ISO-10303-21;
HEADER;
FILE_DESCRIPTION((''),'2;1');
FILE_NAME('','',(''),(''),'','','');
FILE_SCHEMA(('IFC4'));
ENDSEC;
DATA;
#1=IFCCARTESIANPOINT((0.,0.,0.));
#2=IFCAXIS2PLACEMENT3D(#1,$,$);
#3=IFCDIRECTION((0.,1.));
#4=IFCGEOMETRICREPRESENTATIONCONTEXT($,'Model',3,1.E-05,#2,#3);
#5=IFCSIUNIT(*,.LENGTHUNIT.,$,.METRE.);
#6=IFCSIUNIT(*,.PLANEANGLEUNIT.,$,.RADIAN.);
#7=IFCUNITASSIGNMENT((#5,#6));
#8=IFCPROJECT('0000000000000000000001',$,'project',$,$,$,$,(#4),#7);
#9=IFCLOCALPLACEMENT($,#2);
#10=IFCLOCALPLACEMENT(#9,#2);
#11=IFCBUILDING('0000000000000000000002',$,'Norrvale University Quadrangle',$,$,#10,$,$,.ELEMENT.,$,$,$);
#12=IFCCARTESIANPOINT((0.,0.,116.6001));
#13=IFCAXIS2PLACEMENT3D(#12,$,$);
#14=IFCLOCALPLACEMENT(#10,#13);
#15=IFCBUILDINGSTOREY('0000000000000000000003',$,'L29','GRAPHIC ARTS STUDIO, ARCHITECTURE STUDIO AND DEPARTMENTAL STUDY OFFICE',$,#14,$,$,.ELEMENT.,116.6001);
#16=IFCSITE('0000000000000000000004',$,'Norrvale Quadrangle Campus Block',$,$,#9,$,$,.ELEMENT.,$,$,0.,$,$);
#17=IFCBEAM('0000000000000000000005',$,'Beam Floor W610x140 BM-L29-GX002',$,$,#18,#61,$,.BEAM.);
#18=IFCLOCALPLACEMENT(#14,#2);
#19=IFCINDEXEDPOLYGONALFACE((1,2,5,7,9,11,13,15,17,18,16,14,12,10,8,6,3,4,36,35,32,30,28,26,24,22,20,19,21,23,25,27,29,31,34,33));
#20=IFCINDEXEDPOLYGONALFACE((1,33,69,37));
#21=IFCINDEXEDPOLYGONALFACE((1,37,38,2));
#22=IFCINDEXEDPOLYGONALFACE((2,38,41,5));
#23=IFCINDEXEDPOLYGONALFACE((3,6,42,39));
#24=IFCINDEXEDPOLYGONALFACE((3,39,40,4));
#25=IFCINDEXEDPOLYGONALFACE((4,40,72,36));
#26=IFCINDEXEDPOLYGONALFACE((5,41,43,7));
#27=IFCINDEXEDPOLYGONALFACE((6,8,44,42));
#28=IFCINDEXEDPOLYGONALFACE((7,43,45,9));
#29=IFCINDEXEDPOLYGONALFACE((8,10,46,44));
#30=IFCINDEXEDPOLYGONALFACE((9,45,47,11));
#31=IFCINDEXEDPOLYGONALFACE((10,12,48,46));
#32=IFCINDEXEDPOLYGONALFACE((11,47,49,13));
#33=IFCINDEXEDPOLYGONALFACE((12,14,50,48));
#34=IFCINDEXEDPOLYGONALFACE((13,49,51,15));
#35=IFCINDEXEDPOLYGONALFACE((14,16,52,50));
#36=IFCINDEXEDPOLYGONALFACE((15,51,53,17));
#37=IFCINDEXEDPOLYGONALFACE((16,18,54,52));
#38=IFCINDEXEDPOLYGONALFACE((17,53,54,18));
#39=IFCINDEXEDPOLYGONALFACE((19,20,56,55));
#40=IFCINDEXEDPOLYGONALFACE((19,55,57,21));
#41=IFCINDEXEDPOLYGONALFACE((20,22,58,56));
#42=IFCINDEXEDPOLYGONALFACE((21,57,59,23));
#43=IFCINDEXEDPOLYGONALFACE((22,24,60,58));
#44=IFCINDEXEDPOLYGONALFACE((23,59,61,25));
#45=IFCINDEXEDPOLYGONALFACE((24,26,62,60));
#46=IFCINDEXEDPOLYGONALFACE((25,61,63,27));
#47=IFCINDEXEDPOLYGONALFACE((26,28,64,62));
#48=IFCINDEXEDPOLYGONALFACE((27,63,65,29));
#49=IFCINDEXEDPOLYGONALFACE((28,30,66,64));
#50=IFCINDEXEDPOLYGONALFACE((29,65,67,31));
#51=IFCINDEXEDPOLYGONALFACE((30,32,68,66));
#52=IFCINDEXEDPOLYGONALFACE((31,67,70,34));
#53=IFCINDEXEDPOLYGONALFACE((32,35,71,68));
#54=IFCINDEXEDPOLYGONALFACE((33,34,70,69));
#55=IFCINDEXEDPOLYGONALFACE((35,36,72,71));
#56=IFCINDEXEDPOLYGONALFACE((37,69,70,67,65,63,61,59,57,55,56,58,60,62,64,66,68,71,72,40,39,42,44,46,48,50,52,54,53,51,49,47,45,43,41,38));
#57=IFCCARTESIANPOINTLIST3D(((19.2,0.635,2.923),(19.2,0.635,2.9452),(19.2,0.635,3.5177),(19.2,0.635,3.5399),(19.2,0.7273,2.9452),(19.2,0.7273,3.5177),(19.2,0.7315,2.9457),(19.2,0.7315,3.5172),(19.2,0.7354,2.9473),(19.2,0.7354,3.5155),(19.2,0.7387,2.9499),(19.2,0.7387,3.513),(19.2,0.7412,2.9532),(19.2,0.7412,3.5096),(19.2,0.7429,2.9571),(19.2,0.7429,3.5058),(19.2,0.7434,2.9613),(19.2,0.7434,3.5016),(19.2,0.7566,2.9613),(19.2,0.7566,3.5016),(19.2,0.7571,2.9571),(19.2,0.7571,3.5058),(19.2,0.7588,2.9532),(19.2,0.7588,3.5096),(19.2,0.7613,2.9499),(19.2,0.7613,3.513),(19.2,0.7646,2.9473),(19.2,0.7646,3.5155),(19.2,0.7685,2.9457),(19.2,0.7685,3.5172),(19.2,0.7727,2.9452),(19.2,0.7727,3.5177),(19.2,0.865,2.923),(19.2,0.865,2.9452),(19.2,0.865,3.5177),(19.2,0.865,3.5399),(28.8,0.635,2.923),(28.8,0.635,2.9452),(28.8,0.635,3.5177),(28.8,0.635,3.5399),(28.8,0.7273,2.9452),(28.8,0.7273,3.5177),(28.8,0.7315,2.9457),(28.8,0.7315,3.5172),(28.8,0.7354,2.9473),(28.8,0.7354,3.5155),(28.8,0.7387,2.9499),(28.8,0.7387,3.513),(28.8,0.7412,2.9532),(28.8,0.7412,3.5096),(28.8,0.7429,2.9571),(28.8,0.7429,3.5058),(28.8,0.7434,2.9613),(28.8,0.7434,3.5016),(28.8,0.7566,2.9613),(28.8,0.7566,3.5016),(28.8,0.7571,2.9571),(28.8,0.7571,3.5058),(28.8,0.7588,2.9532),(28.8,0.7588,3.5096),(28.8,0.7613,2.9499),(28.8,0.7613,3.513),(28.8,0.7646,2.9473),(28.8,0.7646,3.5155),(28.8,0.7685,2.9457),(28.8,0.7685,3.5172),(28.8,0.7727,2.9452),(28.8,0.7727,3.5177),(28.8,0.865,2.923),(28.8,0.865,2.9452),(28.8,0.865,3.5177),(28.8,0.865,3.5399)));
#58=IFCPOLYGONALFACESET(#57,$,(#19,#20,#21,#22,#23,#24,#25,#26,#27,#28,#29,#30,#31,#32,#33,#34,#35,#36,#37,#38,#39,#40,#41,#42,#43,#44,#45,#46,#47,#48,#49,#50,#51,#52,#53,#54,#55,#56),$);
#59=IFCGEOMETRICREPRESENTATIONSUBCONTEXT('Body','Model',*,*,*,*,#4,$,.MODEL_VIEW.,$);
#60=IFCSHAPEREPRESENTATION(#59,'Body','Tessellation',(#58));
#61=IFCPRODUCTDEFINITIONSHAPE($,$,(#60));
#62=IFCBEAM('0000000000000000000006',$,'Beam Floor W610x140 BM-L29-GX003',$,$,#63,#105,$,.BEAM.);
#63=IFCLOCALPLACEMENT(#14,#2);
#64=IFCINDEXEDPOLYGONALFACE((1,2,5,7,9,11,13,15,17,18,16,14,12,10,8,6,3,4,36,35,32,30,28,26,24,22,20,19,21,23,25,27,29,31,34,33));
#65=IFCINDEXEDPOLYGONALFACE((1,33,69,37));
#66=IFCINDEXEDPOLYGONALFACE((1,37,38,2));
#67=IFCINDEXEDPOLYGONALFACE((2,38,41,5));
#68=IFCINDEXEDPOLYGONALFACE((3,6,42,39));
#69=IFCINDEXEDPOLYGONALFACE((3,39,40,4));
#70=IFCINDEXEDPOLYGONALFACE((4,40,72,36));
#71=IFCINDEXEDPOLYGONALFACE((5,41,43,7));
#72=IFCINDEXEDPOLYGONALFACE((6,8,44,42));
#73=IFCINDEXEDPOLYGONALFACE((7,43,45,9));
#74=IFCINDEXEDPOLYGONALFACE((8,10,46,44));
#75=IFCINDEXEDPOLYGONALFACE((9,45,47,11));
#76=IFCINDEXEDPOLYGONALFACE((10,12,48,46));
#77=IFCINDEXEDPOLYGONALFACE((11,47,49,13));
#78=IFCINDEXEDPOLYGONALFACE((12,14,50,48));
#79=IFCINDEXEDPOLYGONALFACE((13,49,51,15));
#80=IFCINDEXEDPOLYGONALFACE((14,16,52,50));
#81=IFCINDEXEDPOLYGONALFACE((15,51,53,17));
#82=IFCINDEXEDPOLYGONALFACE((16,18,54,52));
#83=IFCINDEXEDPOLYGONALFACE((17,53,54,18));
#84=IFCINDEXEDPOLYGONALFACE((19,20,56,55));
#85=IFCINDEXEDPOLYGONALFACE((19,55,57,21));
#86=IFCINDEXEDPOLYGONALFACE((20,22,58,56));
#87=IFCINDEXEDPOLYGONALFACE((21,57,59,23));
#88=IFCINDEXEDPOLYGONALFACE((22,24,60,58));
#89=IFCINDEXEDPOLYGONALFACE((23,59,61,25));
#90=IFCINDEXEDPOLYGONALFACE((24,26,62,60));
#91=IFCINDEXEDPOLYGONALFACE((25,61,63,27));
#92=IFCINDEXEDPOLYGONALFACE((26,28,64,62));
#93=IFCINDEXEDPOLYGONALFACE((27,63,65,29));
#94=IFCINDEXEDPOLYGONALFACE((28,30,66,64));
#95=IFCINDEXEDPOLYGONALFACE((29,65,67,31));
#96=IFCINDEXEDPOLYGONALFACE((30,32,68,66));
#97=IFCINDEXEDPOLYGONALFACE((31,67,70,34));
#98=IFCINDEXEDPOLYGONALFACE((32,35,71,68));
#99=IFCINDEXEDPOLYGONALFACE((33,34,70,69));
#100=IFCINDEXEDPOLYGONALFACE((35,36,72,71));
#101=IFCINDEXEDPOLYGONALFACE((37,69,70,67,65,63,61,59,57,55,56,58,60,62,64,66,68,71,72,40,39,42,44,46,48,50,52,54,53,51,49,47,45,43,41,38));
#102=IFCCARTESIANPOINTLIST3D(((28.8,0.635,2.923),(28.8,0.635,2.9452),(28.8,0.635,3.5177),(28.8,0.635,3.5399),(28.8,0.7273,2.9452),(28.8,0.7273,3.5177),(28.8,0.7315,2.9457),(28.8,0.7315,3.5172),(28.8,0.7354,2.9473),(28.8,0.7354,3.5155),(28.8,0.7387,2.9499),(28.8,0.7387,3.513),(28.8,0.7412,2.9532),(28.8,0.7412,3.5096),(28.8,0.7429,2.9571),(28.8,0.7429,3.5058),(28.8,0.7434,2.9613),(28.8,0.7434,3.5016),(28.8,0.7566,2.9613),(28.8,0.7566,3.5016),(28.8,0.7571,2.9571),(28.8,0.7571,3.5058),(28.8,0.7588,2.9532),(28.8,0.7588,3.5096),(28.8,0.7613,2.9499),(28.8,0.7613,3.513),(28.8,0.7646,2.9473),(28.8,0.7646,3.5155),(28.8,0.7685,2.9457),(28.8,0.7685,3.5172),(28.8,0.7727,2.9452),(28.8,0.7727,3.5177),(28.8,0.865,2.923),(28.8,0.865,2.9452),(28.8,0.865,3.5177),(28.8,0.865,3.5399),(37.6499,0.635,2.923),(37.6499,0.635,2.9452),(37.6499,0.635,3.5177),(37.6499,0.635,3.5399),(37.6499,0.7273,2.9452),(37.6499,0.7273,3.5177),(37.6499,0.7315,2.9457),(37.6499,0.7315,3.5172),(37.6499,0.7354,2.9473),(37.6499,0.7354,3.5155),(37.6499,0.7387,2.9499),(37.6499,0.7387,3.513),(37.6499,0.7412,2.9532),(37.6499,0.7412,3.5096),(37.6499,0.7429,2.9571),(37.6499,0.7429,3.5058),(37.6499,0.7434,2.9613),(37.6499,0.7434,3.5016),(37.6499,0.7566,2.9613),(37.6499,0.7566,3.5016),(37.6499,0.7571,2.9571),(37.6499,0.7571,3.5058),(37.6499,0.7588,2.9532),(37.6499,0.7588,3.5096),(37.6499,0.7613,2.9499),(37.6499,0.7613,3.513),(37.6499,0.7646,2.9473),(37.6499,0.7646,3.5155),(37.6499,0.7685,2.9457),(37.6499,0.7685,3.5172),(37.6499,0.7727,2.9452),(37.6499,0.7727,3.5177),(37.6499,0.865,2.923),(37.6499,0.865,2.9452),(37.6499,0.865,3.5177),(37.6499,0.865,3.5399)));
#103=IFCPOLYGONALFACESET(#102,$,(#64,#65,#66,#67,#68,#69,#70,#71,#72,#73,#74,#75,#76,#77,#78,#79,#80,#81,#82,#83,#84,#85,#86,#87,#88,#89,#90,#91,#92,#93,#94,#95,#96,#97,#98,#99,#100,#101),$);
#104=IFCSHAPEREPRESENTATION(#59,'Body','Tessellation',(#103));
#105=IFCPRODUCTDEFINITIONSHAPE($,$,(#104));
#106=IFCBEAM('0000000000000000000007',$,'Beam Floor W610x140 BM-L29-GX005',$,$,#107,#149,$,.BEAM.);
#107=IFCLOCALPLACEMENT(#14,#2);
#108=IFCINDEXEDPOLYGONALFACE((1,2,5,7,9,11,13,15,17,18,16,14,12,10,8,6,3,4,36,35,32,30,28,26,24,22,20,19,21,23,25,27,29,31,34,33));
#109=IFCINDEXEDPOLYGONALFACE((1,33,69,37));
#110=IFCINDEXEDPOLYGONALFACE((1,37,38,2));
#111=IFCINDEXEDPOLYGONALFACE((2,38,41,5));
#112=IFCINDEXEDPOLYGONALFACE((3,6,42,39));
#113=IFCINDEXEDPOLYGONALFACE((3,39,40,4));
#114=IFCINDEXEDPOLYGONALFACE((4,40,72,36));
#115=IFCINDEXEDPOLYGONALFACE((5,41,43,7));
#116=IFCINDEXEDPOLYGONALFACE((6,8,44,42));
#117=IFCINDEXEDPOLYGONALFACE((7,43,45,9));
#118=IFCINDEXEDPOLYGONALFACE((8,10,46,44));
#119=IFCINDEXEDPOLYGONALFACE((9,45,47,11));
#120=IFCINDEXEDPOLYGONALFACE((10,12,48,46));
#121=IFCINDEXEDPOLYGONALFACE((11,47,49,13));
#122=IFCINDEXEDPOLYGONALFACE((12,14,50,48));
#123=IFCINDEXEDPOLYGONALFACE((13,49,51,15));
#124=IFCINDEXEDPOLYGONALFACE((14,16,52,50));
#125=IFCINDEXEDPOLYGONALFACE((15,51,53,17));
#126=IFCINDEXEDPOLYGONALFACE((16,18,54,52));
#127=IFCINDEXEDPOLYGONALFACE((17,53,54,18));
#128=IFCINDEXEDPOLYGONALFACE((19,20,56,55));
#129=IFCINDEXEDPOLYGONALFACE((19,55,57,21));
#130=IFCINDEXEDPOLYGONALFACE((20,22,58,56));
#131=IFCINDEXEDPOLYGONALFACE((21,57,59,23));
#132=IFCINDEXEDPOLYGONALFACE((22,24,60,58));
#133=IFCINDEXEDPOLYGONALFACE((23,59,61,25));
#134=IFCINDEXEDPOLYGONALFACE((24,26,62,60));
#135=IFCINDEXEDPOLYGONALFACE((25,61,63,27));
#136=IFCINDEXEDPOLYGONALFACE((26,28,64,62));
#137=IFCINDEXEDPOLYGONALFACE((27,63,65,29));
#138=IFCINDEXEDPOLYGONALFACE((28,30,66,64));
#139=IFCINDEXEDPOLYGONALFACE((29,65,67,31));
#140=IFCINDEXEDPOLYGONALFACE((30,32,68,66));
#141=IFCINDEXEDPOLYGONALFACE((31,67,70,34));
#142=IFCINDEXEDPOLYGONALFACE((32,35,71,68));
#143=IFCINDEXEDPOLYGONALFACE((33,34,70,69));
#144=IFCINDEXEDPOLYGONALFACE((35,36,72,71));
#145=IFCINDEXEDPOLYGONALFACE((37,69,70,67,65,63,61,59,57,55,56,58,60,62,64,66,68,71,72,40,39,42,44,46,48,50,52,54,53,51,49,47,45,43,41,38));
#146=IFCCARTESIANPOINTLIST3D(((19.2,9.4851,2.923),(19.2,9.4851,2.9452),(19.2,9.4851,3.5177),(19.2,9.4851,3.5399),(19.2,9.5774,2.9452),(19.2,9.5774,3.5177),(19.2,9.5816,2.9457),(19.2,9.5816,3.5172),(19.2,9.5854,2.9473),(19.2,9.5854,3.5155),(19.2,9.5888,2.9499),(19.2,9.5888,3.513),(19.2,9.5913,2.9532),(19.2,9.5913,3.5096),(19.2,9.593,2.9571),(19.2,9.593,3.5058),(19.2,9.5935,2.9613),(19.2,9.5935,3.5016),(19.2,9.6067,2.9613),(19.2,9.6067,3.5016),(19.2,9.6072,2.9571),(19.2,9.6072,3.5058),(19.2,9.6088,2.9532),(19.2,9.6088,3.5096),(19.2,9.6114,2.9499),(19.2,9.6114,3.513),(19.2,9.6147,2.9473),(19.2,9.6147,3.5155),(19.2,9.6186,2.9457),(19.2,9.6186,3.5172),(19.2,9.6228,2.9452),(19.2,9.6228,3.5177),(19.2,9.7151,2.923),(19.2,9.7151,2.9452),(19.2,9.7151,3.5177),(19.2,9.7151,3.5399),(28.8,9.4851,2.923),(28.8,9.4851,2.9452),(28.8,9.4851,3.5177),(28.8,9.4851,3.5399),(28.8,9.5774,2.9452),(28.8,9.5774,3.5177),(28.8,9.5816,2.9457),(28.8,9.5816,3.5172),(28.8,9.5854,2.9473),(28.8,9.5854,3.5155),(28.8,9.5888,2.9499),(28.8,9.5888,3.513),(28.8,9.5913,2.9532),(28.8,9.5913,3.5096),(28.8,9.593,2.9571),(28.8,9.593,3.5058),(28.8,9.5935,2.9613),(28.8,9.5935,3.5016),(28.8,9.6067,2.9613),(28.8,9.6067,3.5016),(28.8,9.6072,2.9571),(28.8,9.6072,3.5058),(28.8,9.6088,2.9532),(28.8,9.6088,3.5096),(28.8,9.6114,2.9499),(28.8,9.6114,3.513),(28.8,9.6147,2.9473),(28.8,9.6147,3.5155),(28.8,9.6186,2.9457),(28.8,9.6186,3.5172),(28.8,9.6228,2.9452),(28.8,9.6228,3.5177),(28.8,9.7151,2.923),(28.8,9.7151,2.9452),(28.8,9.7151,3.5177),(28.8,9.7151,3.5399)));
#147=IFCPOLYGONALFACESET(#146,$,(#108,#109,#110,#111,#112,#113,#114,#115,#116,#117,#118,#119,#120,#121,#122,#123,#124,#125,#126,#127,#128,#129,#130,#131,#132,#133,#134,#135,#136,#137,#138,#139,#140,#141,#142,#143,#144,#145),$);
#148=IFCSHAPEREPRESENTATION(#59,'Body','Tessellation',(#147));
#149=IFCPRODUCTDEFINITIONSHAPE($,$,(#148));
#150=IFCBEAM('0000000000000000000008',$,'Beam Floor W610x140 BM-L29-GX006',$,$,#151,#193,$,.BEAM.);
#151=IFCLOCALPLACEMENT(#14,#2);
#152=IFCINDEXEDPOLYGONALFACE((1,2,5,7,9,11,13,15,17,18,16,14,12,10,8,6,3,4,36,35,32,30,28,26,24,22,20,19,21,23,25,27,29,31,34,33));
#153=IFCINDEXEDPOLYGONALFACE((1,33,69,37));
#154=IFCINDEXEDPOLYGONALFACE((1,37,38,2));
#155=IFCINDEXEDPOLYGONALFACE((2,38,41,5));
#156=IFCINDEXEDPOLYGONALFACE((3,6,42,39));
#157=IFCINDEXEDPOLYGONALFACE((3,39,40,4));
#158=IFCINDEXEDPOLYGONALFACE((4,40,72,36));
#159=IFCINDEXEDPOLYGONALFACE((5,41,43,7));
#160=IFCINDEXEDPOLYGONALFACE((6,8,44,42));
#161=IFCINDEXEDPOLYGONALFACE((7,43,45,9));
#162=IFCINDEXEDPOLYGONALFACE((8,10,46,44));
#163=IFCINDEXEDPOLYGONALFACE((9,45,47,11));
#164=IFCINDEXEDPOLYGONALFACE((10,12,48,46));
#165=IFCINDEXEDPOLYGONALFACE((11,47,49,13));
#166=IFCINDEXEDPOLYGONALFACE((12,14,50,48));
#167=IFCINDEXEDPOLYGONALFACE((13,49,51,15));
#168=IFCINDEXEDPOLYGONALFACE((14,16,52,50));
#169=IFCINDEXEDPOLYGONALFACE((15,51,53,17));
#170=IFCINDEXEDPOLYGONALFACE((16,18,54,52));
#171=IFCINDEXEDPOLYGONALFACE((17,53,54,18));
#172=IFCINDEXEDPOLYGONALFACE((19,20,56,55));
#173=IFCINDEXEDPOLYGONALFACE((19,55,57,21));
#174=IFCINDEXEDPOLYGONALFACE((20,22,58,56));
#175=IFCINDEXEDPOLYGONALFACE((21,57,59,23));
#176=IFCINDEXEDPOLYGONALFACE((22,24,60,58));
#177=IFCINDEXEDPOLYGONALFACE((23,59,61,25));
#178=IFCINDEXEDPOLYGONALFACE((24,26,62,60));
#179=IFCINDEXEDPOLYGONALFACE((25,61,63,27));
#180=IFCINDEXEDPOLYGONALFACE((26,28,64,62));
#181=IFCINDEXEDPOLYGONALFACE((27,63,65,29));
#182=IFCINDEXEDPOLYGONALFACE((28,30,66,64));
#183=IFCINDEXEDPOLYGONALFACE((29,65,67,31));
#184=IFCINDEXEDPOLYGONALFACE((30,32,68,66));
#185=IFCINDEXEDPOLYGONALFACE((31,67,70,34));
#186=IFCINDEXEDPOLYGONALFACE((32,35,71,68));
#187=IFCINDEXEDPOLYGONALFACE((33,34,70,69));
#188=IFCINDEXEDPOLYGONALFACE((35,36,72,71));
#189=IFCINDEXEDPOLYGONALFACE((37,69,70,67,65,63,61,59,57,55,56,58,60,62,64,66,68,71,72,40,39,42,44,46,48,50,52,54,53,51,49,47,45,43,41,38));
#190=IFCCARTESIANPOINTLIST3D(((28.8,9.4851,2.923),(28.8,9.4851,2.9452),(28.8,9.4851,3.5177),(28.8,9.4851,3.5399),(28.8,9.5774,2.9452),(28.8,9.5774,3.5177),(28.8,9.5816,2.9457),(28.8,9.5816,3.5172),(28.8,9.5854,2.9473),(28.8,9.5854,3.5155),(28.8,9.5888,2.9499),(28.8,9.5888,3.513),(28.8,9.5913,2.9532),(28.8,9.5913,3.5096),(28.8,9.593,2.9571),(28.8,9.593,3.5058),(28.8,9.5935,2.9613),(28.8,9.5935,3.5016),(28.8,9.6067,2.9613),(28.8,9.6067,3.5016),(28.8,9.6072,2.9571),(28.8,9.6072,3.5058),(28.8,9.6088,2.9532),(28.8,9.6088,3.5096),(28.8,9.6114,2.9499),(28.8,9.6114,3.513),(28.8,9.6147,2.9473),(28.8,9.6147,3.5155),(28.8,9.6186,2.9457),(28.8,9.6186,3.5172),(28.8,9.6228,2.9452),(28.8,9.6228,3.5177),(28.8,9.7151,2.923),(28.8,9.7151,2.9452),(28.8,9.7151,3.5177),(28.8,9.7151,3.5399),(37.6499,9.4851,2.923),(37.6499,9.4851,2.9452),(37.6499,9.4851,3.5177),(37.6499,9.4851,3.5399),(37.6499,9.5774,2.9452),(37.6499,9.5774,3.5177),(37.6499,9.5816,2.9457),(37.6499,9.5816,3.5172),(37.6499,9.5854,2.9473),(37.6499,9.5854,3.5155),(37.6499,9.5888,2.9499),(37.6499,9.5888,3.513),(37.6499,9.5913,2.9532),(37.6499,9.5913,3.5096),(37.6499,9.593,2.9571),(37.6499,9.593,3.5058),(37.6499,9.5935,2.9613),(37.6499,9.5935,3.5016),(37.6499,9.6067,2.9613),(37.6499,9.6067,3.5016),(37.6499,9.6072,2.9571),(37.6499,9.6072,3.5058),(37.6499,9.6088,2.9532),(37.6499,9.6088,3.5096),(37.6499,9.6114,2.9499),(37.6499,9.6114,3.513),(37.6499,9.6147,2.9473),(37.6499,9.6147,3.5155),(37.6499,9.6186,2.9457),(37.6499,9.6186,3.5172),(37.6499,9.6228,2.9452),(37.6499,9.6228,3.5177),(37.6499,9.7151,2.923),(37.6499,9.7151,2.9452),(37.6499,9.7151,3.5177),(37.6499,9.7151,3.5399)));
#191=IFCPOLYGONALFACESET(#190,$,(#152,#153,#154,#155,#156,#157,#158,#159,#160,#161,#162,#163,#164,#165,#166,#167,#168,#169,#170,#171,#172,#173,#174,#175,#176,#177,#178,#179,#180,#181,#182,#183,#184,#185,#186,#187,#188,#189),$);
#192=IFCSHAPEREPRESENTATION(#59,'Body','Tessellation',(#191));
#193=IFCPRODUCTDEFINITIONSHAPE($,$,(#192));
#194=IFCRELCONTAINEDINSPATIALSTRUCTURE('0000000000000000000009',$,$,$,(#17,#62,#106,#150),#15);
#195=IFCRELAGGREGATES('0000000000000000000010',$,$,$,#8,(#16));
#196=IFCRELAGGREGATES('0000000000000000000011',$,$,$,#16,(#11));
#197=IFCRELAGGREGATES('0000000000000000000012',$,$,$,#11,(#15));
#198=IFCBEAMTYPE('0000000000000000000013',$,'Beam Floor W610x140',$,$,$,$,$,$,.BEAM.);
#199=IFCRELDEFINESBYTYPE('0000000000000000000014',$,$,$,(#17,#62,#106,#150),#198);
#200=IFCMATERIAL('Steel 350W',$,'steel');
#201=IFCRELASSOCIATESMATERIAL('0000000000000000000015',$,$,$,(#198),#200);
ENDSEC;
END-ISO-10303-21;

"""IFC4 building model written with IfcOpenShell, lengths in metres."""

from ifc_helpers import new_model, si_unit, direction, frame, origin, origin_2d, place, context, subcontext, project, spatial, i_section, extrude, material, material_profile, profile_set, type_object, element, save


model = new_model("IFC4")

# Units and contexts
model_context = context("Model", 3, precision=1e-05, world=origin(), true_north=direction((0.0, 1.0)))
body_context = subcontext(model_context, "Body", "Model", "MODEL_VIEW")
ifc_project = project(units=[si_unit("LENGTHUNIT", "METRE"), si_unit("PLANEANGLEUNIT", "RADIAN")], contexts=[model_context])

# Site, building, storey
site_placement = place(None, origin())
site = spatial("IfcSite", under=ifc_project, at=site_placement, Name="Norrvale Quadrangle Campus Block", CompositionType="ELEMENT", RefElevation=0.0)
building_placement = place(site_placement, origin())
building = spatial("IfcBuilding", under=site, at=building_placement, Name="Norrvale University Quadrangle", CompositionType="ELEMENT")
storey_placement = place(building_placement, frame((0.0, 0.0, 116.6001)))
storey = spatial("IfcBuildingStorey", under=building, at=storey_placement, Name="L29", Description="GRAPHIC ARTS STUDIO, ARCHITECTURE STUDIO AND DEPARTMENTAL STUDY OFFICE", CompositionType="ELEMENT", Elevation=116.6001)

# Beams
ifc_material_1 = material(Name="Steel 350W", Category="steel")
ifc_material_profile_1 = material_profile(ifc_material_1, i_section(OverallWidth=0.23, OverallDepth=0.6169, WebThickness=0.0132, FlangeThickness=0.0222, FilletRadius=0.0161, at=origin_2d()), Name="Steel 350W")
ifc_profile_set_1 = profile_set([ifc_material_profile_1], Name="Steel 350W")
beam_type_1 = type_object("IfcBeamType", Name="Beam Floor W610x140", PredefinedType="BEAM", material=ifc_profile_set_1)
beam_1_placement = place(storey_placement, frame((19.2, 0.75, 3.2314), z_axis=(1.0, 0.0, 0.0), x_axis=(0.0, 1.0, 0.0)))
element("IfcBeam", 1, at=beam_1_placement, inside=storey, type_object=beam_type_1, Name="Beam Floor W610x140 BM-L29-GX002", PredefinedType="BEAM", context=body_context, shape_type="SweptSolid", body=[
    extrude(i_section(OverallWidth=0.23, OverallDepth=0.6169, WebThickness=0.0132, FlangeThickness=0.0222, FilletRadius=0.0161, at=origin_2d()), origin(), (0.0, 0.0, 1.0), 9.6001),
])
beam_2_placement = place(storey_placement, frame((28.8, 0.75, 3.2314), z_axis=(1.0, 0.0, 0.0), x_axis=(0.0, 1.0, 0.0)))
element("IfcBeam", 2, at=beam_2_placement, inside=storey, type_object=beam_type_1, Name="Beam Floor W610x140 BM-L29-GX003", PredefinedType="BEAM", context=body_context, shape_type="SweptSolid", body=[
    extrude(i_section(OverallWidth=0.23, OverallDepth=0.6169, WebThickness=0.0132, FlangeThickness=0.0222, FilletRadius=0.0161, at=origin_2d()), origin(), (0.0, 0.0, 1.0), 8.8499),
])
beam_3_placement = place(storey_placement, frame((19.2, 9.6001, 3.2314), z_axis=(1.0, 0.0, 0.0), x_axis=(0.0, 1.0, 0.0)))
element("IfcBeam", 3, at=beam_3_placement, inside=storey, type_object=beam_type_1, Name="Beam Floor W610x140 BM-L29-GX005", PredefinedType="BEAM", context=body_context, shape_type="SweptSolid", body=[
    extrude(i_section(OverallWidth=0.23, OverallDepth=0.6169, WebThickness=0.0132, FlangeThickness=0.0222, FilletRadius=0.0161, at=origin_2d()), origin(), (0.0, 0.0, 1.0), 9.6001),
])
beam_4_placement = place(storey_placement, frame((28.8, 9.6001, 3.2314), z_axis=(1.0, 0.0, 0.0), x_axis=(0.0, 1.0, 0.0)))
element("IfcBeam", 4, at=beam_4_placement, inside=storey, type_object=beam_type_1, Name="Beam Floor W610x140 BM-L29-GX006", PredefinedType="BEAM", context=body_context, shape_type="SweptSolid", body=[
    extrude(i_section(OverallWidth=0.23, OverallDepth=0.6169, WebThickness=0.0132, FlangeThickness=0.0222, FilletRadius=0.0161, at=origin_2d()), origin(), (0.0, 0.0, 1.0), 8.8499),
])

save(model, "model.ifc")
